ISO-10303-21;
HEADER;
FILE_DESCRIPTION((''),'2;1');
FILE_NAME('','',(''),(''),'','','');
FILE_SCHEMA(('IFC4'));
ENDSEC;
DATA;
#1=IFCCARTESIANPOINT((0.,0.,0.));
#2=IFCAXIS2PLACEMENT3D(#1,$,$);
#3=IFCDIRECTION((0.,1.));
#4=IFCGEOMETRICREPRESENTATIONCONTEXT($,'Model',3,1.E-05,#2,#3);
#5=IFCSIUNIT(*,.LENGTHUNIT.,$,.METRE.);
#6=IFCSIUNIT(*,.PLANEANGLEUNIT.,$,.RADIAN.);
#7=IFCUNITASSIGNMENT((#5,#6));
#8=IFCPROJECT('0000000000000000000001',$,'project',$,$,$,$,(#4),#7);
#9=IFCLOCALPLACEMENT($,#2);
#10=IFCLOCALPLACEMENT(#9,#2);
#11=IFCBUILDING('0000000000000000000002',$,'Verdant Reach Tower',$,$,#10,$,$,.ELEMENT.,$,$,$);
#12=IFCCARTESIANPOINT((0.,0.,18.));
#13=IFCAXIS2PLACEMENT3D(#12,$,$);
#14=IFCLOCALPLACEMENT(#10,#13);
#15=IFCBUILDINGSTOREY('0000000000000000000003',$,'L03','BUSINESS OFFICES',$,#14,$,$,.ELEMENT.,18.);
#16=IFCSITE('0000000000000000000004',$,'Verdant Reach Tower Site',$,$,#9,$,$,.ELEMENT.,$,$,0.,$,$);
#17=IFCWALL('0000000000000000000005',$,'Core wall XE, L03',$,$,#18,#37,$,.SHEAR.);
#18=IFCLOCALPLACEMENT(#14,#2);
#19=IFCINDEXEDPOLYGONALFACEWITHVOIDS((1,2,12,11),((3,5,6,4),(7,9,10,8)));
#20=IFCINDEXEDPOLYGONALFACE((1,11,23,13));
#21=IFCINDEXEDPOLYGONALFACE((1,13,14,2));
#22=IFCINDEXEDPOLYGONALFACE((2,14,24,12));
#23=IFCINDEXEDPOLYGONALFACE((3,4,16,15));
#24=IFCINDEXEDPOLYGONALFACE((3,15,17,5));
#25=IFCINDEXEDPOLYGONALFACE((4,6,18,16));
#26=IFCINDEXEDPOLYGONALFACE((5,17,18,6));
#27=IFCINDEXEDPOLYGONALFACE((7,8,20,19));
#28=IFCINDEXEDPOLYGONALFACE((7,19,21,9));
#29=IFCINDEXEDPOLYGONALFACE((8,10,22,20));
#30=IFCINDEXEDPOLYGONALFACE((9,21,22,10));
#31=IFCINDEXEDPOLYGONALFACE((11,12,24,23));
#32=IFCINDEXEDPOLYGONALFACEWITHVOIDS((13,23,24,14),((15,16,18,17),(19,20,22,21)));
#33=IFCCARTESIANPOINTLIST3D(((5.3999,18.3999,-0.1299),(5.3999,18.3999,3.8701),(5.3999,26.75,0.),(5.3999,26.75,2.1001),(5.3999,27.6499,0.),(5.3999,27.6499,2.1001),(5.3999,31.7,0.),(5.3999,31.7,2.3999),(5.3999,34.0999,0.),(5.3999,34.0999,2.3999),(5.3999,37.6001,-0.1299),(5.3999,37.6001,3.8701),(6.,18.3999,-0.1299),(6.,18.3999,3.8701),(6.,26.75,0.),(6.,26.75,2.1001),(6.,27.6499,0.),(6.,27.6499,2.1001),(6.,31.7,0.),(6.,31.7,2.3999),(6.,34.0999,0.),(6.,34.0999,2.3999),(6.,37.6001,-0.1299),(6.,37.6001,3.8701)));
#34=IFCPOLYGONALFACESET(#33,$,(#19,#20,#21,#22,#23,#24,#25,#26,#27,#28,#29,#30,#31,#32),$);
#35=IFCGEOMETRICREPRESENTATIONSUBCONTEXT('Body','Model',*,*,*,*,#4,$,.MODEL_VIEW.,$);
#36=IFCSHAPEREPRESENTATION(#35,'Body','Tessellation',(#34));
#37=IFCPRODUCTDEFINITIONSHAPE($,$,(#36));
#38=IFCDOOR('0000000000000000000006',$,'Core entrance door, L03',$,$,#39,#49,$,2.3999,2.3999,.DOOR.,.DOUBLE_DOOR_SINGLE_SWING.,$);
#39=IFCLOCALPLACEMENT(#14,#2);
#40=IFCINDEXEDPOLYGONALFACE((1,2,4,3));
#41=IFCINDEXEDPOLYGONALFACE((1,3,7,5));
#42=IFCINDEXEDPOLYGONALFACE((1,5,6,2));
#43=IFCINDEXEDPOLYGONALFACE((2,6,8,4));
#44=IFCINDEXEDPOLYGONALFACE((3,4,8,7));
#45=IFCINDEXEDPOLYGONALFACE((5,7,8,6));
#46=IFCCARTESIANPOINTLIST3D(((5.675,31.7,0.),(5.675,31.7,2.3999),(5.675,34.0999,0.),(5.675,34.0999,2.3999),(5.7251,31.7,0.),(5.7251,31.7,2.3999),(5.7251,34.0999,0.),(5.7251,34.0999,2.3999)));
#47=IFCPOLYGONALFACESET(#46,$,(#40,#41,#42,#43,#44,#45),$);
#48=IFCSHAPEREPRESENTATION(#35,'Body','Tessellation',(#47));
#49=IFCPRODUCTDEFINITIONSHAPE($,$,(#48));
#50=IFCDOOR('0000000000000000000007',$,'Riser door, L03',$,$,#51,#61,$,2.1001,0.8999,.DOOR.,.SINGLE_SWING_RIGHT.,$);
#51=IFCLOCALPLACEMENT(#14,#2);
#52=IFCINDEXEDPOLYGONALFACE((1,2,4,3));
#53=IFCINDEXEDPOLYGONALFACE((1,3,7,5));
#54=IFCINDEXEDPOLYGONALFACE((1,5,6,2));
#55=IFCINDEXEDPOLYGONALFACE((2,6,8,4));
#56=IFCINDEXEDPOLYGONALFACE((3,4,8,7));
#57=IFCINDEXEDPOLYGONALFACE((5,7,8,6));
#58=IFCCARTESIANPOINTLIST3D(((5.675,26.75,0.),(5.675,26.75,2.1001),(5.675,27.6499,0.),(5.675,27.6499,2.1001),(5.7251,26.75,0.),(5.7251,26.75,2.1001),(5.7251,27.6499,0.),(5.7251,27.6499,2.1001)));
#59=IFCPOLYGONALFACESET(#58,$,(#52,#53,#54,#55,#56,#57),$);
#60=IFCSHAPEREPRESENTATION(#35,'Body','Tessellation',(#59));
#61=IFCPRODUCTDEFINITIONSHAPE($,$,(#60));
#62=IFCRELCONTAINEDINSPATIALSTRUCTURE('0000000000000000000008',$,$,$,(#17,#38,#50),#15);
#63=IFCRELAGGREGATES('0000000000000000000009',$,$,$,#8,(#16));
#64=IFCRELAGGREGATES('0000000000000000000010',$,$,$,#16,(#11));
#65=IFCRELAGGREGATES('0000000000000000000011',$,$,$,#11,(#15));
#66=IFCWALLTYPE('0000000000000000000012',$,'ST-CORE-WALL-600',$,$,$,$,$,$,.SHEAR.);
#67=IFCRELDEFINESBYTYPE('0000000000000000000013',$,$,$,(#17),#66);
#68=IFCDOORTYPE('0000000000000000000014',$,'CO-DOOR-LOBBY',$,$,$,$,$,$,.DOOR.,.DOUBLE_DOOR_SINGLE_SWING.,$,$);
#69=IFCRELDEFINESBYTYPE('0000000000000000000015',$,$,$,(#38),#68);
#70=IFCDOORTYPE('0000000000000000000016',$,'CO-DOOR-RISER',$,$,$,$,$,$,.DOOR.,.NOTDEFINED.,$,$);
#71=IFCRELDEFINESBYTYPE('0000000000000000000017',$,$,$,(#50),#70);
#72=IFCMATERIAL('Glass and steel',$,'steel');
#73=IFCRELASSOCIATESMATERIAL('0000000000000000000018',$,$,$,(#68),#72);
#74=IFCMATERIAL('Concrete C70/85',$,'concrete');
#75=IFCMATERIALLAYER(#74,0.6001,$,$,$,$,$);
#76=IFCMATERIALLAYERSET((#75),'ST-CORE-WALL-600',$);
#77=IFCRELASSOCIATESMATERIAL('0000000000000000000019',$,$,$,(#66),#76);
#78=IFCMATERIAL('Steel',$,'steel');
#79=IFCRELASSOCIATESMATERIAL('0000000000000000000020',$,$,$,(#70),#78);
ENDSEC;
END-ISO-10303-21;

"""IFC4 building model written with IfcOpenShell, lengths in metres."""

from ifc_helpers import new_model, si_unit, direction, frame, frame_2d, origin, place, context, subcontext, project, spatial, rectangle, extrude, material, layer, layer_set, type_object, element, fill, save


model = new_model("IFC4")

# Units and contexts
model_context = context("Model", 3, precision=1e-05, world=origin(), true_north=direction((0.0, 1.0)))
body_context = subcontext(model_context, "Body", "Model", "MODEL_VIEW")
ifc_project = project(units=[si_unit("LENGTHUNIT", "METRE"), si_unit("PLANEANGLEUNIT", "RADIAN")], contexts=[model_context])

# Site, building, storey
site_placement = place(None, origin())
site = spatial("IfcSite", under=ifc_project, at=site_placement, Name="Verdant Reach Tower Site", CompositionType="ELEMENT", RefElevation=0.0)
building_placement = place(site_placement, origin())
building = spatial("IfcBuilding", under=site, at=building_placement, Name="Verdant Reach Tower", CompositionType="ELEMENT")
storey_placement = place(building_placement, frame((0.0, 0.0, 18.0)))
storey = spatial("IfcBuildingStorey", under=building, at=storey_placement, Name="L03", Description="BUSINESS OFFICES", CompositionType="ELEMENT", Elevation=18.0)

# Wall, openings, doors
ifc_material_1 = material(Name="Concrete C70/85", Category="concrete")
ifc_material_2 = material(Name="Glass and steel", Category="steel")
door_type_1 = type_object("IfcDoorType", Name="CO-DOOR-LOBBY", OperationType="DOUBLE_DOOR_SINGLE_SWING", PredefinedType="DOOR", material=ifc_material_2)
ifc_layer_1 = layer(ifc_material_1, 0.6001)
ifc_layer_set_1 = layer_set([ifc_layer_1], Name="ST-CORE-WALL-600")
wall_type_1 = type_object("IfcWallType", Name="ST-CORE-WALL-600", PredefinedType="SHEAR", material=ifc_layer_set_1)
wall_1_placement = place(storey_placement, frame((5.7, 18.3999, -0.1299), z_axis=(0.0, 0.0, 1.0), x_axis=(0.0, 1.0, 0.0)))
wall_1 = element("IfcWall", 1, at=wall_1_placement, inside=storey, type_object=wall_type_1, Name="Core wall XE, L03", PredefinedType="SHEAR", context=body_context, shape_type="SweptSolid", body=[
    extrude(rectangle(XDim=19.2002, YDim=0.6001, at=frame_2d((9.6001, 0.0))), origin(), (0.0, 0.0, 1.0), 4.0),
])
opening_1_placement = place(wall_1_placement, frame((8.3501, 0.0, 0.1299)))
opening_1 = element("IfcOpeningElement", 2, at=opening_1_placement, cuts=wall_1, PredefinedType="OPENING", context=body_context, shape_type="SweptSolid", body=[
    extrude(rectangle(XDim=0.8999, YDim=2.1001, at=frame_2d((0.45, 1.05))), frame((0.0, 0.3101, 0.0), z_axis=(0.0, -1.0, 0.0), x_axis=(1.0, 0.0, 0.0)), (0.0, 0.0, 1.0), 0.6201),
])
opening_2_placement = place(wall_1_placement, frame((13.3, 0.0, 0.1299)))
opening_2 = element("IfcOpeningElement", 3, at=opening_2_placement, cuts=wall_1, PredefinedType="OPENING", context=body_context, shape_type="SweptSolid", body=[
    extrude(rectangle(XDim=2.3999, YDim=2.3999, at=frame_2d((1.2, 1.2))), frame((0.0, 0.3101, 0.0), z_axis=(0.0, -1.0, 0.0), x_axis=(1.0, 0.0, 0.0)), (0.0, 0.0, 1.0), 0.6201),
])
door_1_placement = place(opening_2_placement, origin())
door_1 = element("IfcDoor", 4, at=door_1_placement, inside=storey, type_object=door_type_1, Name="Core entrance door, L03", OperationType="DOUBLE_DOOR_SINGLE_SWING", OverallHeight=2.3999, OverallWidth=2.3999, PredefinedType="DOOR", context=body_context, shape_type="SweptSolid", body=[
    extrude(rectangle(XDim=2.3999, YDim=2.3999, at=frame_2d((1.2, 1.2))), frame((0.0, 0.0249, 0.0), z_axis=(0.0, -1.0, 0.0), x_axis=(1.0, 0.0, 0.0)), (0.0, 0.0, 1.0), 0.05),
])
fill(opening_2, door_1)
ifc_material_3 = material(Name="Steel", Category="steel")
door_type_2 = type_object("IfcDoorType", Name="CO-DOOR-RISER", OperationType="NOTDEFINED", PredefinedType="DOOR", material=ifc_material_3)
door_2_placement = place(opening_1_placement, origin())
door_2 = element("IfcDoor", 5, at=door_2_placement, inside=storey, type_object=door_type_2, Name="Riser door, L03", OperationType="SINGLE_SWING_RIGHT", OverallHeight=2.1001, OverallWidth=0.8999, PredefinedType="DOOR", context=body_context, shape_type="SweptSolid", body=[
    extrude(rectangle(XDim=0.8999, YDim=2.1001, at=frame_2d((0.45, 1.05))), frame((0.0, 0.0249, 0.0), z_axis=(0.0, -1.0, 0.0), x_axis=(1.0, 0.0, 0.0)), (0.0, 0.0, 1.0), 0.05),
])
fill(opening_1, door_2)

save(model, "model.ifc")
